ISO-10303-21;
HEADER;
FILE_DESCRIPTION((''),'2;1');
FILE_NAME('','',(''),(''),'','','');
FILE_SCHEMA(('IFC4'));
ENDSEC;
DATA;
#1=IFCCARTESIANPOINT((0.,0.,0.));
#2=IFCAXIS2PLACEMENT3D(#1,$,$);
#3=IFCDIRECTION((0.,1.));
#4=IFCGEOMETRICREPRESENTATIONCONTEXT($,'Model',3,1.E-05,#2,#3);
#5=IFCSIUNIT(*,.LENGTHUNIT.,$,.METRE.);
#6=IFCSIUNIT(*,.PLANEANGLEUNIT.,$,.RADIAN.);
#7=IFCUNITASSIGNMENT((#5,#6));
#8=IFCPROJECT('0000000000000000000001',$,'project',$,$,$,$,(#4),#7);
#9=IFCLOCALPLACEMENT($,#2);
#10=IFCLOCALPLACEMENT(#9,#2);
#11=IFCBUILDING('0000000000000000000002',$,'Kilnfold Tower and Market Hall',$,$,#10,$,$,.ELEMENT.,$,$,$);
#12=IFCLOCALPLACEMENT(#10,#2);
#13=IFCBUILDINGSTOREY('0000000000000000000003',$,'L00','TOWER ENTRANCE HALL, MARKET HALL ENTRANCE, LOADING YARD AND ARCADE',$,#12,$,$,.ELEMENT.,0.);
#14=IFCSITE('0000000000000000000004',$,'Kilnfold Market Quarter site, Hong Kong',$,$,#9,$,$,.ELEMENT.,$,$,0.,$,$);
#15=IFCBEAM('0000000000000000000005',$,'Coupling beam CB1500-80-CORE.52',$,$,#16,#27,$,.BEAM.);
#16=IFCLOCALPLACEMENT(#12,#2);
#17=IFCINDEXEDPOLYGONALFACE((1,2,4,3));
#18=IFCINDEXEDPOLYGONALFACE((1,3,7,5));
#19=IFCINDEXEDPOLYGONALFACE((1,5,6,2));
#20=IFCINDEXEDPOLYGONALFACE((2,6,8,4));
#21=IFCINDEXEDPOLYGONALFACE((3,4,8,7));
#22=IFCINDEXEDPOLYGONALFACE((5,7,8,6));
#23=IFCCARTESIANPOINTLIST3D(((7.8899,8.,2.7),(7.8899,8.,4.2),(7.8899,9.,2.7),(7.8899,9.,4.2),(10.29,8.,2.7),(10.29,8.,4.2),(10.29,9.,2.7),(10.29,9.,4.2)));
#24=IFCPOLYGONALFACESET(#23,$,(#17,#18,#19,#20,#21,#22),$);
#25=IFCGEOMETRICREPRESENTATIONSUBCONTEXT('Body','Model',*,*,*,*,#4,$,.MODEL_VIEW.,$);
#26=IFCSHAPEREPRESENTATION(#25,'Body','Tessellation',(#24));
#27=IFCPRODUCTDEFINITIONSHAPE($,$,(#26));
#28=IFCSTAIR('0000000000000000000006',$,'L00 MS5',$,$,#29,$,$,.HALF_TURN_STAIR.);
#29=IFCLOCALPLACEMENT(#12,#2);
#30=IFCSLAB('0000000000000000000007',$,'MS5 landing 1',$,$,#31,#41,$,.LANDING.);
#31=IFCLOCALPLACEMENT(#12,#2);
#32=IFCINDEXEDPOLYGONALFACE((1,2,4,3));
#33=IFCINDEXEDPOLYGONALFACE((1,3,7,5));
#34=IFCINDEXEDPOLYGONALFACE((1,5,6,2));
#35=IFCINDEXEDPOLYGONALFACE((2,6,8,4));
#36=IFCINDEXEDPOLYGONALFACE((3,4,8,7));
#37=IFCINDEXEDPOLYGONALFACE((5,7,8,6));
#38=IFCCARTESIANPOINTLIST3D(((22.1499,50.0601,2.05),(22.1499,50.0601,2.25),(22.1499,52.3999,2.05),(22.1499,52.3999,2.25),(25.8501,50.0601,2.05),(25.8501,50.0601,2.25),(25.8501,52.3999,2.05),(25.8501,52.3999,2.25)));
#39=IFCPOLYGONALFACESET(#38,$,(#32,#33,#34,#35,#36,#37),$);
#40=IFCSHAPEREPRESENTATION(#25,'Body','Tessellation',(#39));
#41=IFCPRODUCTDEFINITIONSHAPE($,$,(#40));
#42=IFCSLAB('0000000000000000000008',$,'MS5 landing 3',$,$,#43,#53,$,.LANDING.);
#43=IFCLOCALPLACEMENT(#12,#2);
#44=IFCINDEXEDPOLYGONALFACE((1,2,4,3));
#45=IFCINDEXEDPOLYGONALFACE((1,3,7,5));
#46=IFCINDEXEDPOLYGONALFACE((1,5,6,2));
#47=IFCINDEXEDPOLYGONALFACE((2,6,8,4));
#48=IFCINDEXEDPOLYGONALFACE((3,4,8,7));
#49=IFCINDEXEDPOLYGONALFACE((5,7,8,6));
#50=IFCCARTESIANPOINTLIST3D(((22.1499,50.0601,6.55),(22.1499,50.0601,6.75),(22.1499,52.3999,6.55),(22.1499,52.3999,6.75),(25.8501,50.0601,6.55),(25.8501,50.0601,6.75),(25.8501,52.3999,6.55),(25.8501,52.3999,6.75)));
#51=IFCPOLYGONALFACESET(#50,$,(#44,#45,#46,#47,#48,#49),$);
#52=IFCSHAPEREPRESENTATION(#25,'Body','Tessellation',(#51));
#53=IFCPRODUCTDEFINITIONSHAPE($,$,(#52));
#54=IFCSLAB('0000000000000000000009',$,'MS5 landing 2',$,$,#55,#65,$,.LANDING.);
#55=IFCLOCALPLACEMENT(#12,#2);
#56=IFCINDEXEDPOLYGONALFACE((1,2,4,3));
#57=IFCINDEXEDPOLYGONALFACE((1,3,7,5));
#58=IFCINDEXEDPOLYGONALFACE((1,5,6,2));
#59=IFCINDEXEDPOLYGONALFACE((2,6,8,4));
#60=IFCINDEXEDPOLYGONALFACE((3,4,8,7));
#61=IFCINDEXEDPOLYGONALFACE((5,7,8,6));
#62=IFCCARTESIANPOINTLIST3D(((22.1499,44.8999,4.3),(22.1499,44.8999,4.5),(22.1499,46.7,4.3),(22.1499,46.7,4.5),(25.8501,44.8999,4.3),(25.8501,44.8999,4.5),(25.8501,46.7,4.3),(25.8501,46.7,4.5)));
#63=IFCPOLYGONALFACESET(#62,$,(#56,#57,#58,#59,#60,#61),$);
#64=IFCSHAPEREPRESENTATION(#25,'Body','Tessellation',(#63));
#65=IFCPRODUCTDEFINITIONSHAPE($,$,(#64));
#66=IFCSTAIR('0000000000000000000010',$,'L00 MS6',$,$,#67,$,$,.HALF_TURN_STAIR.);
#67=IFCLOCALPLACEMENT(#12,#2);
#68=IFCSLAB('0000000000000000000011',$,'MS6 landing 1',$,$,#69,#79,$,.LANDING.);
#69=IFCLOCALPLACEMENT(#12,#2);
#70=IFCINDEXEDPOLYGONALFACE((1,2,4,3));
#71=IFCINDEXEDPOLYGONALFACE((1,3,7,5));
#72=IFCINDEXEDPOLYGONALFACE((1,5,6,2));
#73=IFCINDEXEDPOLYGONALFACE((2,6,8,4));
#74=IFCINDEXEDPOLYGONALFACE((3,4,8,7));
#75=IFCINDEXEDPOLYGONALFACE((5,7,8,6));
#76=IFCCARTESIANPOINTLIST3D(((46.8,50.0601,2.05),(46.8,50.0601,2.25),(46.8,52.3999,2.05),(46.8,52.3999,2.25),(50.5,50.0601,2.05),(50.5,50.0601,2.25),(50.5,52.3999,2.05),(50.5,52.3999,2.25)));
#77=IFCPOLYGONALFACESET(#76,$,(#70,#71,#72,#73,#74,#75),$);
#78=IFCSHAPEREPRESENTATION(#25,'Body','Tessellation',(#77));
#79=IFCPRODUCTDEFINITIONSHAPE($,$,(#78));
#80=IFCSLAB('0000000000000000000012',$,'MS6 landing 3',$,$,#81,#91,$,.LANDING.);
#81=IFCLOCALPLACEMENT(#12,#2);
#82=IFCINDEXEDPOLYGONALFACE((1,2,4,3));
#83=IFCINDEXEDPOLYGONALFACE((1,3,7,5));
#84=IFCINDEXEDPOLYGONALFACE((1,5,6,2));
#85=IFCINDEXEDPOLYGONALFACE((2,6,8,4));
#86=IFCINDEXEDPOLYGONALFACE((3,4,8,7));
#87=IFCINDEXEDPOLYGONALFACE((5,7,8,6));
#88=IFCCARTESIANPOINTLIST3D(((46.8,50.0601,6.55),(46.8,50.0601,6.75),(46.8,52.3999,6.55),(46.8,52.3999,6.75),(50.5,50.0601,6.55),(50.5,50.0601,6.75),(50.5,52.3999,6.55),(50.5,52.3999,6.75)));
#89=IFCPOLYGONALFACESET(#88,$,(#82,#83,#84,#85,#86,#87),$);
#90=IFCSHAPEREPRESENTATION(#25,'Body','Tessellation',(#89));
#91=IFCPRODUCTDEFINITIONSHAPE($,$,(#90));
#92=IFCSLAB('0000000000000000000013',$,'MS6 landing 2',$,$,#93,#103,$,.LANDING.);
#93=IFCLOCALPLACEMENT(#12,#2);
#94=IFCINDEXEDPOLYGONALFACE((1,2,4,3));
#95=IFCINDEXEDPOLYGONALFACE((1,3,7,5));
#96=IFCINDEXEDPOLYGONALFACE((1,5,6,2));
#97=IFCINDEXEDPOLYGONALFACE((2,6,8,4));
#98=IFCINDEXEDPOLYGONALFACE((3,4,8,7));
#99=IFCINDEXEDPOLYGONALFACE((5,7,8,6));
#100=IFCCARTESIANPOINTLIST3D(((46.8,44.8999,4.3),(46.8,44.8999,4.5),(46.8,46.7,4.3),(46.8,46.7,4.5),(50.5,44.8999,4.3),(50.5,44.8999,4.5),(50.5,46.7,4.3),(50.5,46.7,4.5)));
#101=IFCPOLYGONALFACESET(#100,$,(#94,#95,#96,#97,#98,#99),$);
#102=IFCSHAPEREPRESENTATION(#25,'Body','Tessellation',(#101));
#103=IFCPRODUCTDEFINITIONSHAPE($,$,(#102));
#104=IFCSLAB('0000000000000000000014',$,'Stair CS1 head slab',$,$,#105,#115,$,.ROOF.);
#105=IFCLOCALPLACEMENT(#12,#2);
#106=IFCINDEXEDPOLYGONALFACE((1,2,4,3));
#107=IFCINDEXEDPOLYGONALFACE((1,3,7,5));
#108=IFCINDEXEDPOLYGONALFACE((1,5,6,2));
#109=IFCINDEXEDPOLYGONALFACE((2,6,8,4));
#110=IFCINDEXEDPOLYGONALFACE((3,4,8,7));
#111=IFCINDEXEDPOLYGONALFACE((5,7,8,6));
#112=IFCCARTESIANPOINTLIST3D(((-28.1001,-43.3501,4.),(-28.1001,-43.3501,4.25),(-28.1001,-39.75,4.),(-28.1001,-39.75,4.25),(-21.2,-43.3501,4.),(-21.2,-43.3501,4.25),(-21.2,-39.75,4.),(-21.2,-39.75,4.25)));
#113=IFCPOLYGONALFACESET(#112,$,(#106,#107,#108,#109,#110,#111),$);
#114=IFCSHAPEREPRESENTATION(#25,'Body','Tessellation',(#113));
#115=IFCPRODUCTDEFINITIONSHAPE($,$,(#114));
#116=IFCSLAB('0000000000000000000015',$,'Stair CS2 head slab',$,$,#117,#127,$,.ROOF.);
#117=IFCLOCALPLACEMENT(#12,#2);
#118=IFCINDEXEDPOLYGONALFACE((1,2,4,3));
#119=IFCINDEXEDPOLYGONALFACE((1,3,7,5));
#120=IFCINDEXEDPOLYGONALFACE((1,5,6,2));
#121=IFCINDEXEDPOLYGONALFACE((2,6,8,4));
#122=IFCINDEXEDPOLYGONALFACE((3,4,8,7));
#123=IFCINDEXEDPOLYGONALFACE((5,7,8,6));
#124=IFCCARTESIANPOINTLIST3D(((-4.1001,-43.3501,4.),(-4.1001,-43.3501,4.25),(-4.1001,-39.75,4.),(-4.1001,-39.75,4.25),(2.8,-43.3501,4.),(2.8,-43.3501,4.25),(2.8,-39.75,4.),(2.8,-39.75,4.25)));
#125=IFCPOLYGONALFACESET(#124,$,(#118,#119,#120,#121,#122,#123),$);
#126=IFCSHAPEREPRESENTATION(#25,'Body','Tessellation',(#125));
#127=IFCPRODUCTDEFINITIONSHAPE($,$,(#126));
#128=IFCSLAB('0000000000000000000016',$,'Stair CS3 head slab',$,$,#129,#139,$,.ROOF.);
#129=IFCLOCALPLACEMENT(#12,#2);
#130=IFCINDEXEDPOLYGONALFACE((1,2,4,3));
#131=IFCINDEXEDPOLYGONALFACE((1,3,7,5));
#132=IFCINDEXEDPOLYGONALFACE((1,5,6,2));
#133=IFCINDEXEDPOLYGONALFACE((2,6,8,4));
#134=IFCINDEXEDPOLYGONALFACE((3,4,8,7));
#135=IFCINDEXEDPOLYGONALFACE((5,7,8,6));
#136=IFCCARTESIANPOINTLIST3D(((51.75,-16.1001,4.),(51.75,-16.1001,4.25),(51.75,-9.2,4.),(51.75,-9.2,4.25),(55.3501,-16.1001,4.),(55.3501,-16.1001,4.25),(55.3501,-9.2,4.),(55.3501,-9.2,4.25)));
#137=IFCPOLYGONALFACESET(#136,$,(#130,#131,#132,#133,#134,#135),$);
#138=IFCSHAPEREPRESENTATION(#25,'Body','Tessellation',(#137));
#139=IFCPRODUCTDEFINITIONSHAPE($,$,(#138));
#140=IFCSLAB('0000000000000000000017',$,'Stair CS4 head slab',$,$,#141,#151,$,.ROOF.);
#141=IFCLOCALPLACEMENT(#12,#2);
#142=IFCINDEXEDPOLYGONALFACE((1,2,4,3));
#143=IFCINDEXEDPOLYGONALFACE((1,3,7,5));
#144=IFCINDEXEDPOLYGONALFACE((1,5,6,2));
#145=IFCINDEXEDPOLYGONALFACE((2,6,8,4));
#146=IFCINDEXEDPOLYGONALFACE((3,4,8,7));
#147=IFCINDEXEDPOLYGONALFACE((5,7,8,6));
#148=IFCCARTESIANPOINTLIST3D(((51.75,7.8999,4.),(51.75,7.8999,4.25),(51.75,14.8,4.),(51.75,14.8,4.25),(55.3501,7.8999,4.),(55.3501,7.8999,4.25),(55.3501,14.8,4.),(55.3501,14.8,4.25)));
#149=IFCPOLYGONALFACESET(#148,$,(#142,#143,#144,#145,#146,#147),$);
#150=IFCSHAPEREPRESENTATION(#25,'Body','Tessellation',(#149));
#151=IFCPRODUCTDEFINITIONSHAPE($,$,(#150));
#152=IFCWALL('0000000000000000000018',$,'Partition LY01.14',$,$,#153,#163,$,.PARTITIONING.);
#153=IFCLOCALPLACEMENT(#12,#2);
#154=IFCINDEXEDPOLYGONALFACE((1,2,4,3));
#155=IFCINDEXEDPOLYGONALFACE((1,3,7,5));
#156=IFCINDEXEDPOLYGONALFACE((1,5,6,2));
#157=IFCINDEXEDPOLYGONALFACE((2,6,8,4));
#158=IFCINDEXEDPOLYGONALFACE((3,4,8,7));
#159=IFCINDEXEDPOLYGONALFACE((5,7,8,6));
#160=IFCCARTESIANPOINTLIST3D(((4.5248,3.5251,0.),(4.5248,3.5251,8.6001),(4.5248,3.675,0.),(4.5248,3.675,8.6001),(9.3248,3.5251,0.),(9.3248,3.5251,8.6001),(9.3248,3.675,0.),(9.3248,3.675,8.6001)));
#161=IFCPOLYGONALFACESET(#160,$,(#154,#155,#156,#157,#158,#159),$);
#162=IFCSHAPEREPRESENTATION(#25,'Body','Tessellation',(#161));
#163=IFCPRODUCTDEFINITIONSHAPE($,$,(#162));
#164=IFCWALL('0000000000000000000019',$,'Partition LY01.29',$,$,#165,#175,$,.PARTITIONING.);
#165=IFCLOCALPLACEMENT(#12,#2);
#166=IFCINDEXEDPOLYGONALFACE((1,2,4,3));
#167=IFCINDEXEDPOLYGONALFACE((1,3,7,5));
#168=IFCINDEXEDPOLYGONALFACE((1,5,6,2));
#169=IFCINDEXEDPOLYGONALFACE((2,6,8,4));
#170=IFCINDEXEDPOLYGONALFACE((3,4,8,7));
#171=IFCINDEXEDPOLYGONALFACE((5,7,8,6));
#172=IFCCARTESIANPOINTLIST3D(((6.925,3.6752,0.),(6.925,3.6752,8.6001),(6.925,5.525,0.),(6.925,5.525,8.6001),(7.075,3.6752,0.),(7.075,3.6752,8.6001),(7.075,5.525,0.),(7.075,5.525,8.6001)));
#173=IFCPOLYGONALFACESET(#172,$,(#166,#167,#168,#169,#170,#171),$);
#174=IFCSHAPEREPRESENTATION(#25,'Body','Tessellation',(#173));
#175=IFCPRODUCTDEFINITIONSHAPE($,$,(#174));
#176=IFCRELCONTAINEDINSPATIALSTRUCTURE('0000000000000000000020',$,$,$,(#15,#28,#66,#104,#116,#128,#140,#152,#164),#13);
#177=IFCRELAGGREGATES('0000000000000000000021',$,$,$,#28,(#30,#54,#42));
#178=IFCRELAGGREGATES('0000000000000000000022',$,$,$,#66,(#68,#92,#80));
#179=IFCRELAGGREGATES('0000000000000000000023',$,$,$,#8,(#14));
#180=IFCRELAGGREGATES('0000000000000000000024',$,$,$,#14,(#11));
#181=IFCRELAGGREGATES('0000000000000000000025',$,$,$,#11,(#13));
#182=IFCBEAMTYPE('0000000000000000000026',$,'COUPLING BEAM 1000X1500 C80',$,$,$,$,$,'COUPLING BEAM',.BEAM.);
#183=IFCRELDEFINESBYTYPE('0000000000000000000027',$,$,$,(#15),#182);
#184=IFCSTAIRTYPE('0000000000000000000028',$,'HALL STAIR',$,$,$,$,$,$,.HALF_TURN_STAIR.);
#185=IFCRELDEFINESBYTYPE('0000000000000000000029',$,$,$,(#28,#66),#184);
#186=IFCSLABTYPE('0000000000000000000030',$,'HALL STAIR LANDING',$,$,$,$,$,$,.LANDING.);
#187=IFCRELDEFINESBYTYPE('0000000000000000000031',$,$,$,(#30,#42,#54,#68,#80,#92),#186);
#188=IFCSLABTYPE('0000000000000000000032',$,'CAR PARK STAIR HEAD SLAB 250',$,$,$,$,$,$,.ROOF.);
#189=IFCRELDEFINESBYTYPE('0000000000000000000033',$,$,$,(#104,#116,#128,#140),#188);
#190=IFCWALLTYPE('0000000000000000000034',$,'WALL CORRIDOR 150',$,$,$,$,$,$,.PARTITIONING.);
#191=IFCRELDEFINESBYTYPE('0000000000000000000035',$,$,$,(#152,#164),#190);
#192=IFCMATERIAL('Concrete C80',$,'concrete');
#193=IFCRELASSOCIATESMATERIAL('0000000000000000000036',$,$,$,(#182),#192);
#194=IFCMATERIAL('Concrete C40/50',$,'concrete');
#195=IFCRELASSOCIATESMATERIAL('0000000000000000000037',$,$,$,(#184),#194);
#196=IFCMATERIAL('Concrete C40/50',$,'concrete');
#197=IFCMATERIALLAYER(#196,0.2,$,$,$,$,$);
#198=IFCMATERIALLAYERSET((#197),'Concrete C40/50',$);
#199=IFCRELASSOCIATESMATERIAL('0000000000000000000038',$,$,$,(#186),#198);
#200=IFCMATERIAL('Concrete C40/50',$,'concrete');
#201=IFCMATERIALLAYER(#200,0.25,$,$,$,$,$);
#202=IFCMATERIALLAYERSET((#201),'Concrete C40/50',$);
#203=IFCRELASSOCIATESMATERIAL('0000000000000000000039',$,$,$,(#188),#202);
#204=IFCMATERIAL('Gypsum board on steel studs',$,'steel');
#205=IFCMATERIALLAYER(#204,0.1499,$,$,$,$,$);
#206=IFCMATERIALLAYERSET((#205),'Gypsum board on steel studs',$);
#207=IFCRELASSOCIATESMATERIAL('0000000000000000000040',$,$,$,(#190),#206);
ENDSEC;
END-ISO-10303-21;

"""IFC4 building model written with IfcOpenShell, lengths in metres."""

from ifc_helpers import new_model, si_unit, direction, frame, frame_2d, origin, origin_2d, place, context, subcontext, project, spatial, polyline, rectangle, outline, extrude, source, transform, mapped, material, layer, layer_set, material_profile, profile_set, type_object, element, aggregate, save


model = new_model("IFC4")

# Units and contexts
model_context = context("Model", 3, precision=1e-05, world=origin(), true_north=direction((0.0, 1.0)))
body_context = subcontext(model_context, "Body", "Model", "MODEL_VIEW")
ifc_project = project(units=[si_unit("LENGTHUNIT", "METRE"), si_unit("PLANEANGLEUNIT", "RADIAN")], contexts=[model_context])

# Site, building, storey
site_placement = place(None, origin())
site = spatial("IfcSite", under=ifc_project, at=site_placement, Name="Kilnfold Market Quarter site, Hong Kong", CompositionType="ELEMENT", RefElevation=0.0)
building_placement = place(site_placement, origin())
building = spatial("IfcBuilding", under=site, at=building_placement, Name="Kilnfold Tower and Market Hall", CompositionType="ELEMENT")
storey_placement = place(building_placement, origin())
storey = spatial("IfcBuildingStorey", under=building, at=storey_placement, Name="L00", Description="TOWER ENTRANCE HALL, MARKET HALL ENTRANCE, LOADING YARD AND ARCADE", CompositionType="ELEMENT", Elevation=0.0)

# Beam
ifc_material_1 = material(Name="Concrete C80", Category="concrete")
ifc_material_profile = material_profile(ifc_material_1, rectangle(XDim=1.0, YDim=1.5, at=origin_2d()), Name="RC 1000x1500")
ifc_profile_set = profile_set([ifc_material_profile], Name="Concrete C80")
beam_type = type_object("IfcBeamType", Name="COUPLING BEAM 1000X1500 C80", ElementType="COUPLING BEAM", PredefinedType="BEAM", material=ifc_profile_set)
shared_shape_1 = source(origin(), body_context, "Body", "SweptSolid", [
    extrude(rectangle(XDim=1.0, YDim=1.5, at=origin_2d()), origin(), (0.0, 0.0, 1.0), 2.4001),
])
beam_placement = place(storey_placement, frame((7.8899, 8.5, 3.45), z_axis=(1.0, 0.0, 0.0), x_axis=(0.0, 1.0, 0.0)))
element("IfcBeam", 1, at=beam_placement, inside=storey, type_object=beam_type, Name="Coupling beam CB1500-80-CORE.52", PredefinedType="BEAM", context=body_context, shape_type="MappedRepresentation", body=[
    mapped(shared_shape_1, transform((0.0, 0.0, 0.0))),
])

# Stairs, slabs
ifc_material_2 = material(Name="Concrete C40/50", Category="concrete")
stair_type = type_object("IfcStairType", Name="HALL STAIR", PredefinedType="HALF_TURN_STAIR", material=ifc_material_2)
stair_1_placement = place(storey_placement, origin())
stair_1 = element("IfcStair", 2, at=stair_1_placement, inside=storey, type_object=stair_type, Name="L00 MS5", PredefinedType="HALF_TURN_STAIR")
ifc_material_3 = material(Name="Concrete C40/50", Category="concrete")
ifc_layer_1 = layer(ifc_material_3, 0.2)
ifc_layer_set_1 = layer_set([ifc_layer_1], Name="Concrete C40/50")
slab_type_1 = type_object("IfcSlabType", Name="HALL STAIR LANDING", PredefinedType="LANDING", material=ifc_layer_set_1)
shared_shape_2 = source(origin(), body_context, "Body", "SweptSolid", [
    extrude(outline(polyline([(25.8501, 50.0601), (25.8501, 52.3999), (22.1499, 52.3999), (22.1499, 50.0601), (25.8501, 50.0601)])), origin(), (0.0, 0.0, 1.0), 0.2),
])
slab_1_placement = place(storey_placement, frame((0.0, 0.0, 2.05)))
slab_1 = element("IfcSlab", 3, at=slab_1_placement, type_object=slab_type_1, Name="MS5 landing 1", PredefinedType="LANDING", context=body_context, shape_type="MappedRepresentation", body=[
    mapped(shared_shape_2, transform((0.0, 0.0, 0.0))),
])
slab_2_placement = place(storey_placement, frame((0.0, 0.0, 6.55)))
slab_2 = element("IfcSlab", 4, at=slab_2_placement, type_object=slab_type_1, Name="MS5 landing 3", PredefinedType="LANDING", context=body_context, shape_type="MappedRepresentation", body=[
    mapped(shared_shape_2, transform((0.0, 0.0, 0.0))),
])
shared_shape_3 = source(origin(), body_context, "Body", "SweptSolid", [
    extrude(outline(polyline([(25.8501, 44.8999), (25.8501, 46.7), (22.1499, 46.7), (22.1499, 44.8999), (25.8501, 44.8999)])), origin(), (0.0, 0.0, 1.0), 0.2),
])
slab_3_placement = place(storey_placement, frame((0.0, 0.0, 4.3)))
slab_3 = element("IfcSlab", 5, at=slab_3_placement, type_object=slab_type_1, Name="MS5 landing 2", PredefinedType="LANDING", context=body_context, shape_type="MappedRepresentation", body=[
    mapped(shared_shape_3, transform((0.0, 0.0, 0.0))),
])
aggregate(stair_1, [slab_1, slab_3, slab_2])
stair_2_placement = place(storey_placement, origin())
stair_2 = element("IfcStair", 6, at=stair_2_placement, inside=storey, type_object=stair_type, Name="L00 MS6", PredefinedType="HALF_TURN_STAIR")
shared_shape_4 = source(origin(), body_context, "Body", "SweptSolid", [
    extrude(outline(polyline([(50.5, 50.0601), (50.5, 52.3999), (46.8, 52.3999), (46.8, 50.0601), (50.5, 50.0601)])), origin(), (0.0, 0.0, 1.0), 0.2),
])
slab_4_placement = place(storey_placement, frame((0.0, 0.0, 2.05)))
slab_4 = element("IfcSlab", 7, at=slab_4_placement, type_object=slab_type_1, Name="MS6 landing 1", PredefinedType="LANDING", context=body_context, shape_type="MappedRepresentation", body=[
    mapped(shared_shape_4, transform((0.0, 0.0, 0.0))),
])
slab_5_placement = place(storey_placement, frame((0.0, 0.0, 6.55)))
slab_5 = element("IfcSlab", 8, at=slab_5_placement, type_object=slab_type_1, Name="MS6 landing 3", PredefinedType="LANDING", context=body_context, shape_type="MappedRepresentation", body=[
    mapped(shared_shape_4, transform((0.0, 0.0, 0.0))),
])
shared_shape_5 = source(origin(), body_context, "Body", "SweptSolid", [
    extrude(outline(polyline([(50.5, 44.8999), (50.5, 46.7), (46.8, 46.7), (46.8, 44.8999), (50.5, 44.8999)])), origin(), (0.0, 0.0, 1.0), 0.2),
])
slab_6_placement = place(storey_placement, frame((0.0, 0.0, 4.3)))
slab_6 = element("IfcSlab", 9, at=slab_6_placement, type_object=slab_type_1, Name="MS6 landing 2", PredefinedType="LANDING", context=body_context, shape_type="MappedRepresentation", body=[
    mapped(shared_shape_5, transform((0.0, 0.0, 0.0))),
])
aggregate(stair_2, [slab_4, slab_6, slab_5])

# Slabs
ifc_material_4 = material(Name="Concrete C40/50", Category="concrete")
ifc_layer_2 = layer(ifc_material_4, 0.25)
ifc_layer_set_2 = layer_set([ifc_layer_2], Name="Concrete C40/50")
slab_type_2 = type_object("IfcSlabType", Name="CAR PARK STAIR HEAD SLAB 250", PredefinedType="ROOF", material=ifc_layer_set_2)
shared_shape_6 = source(origin(), body_context, "Body", "SweptSolid", [
    extrude(outline(polyline([(-28.1001, -43.3501), (-21.2, -43.3501), (-21.2, -39.75), (-28.1001, -39.75), (-28.1001, -43.3501)])), origin(), (0.0, 0.0, 1.0), 0.25),
])
slab_7_placement = place(storey_placement, frame((0.0, 0.0, 4.0)))
element("IfcSlab", 10, at=slab_7_placement, inside=storey, type_object=slab_type_2, Name="Stair CS1 head slab", PredefinedType="ROOF", context=body_context, shape_type="MappedRepresentation", body=[
    mapped(shared_shape_6, transform((0.0, 0.0, 0.0))),
])
shared_shape_7 = source(origin(), body_context, "Body", "SweptSolid", [
    extrude(outline(polyline([(-4.1001, -43.3501), (2.8, -43.3501), (2.8, -39.75), (-4.1001, -39.75), (-4.1001, -43.3501)])), origin(), (0.0, 0.0, 1.0), 0.25),
])
slab_8_placement = place(storey_placement, frame((0.0, 0.0, 4.0)))
element("IfcSlab", 11, at=slab_8_placement, inside=storey, type_object=slab_type_2, Name="Stair CS2 head slab", PredefinedType="ROOF", context=body_context, shape_type="MappedRepresentation", body=[
    mapped(shared_shape_7, transform((0.0, 0.0, 0.0))),
])
shared_shape_8 = source(origin(), body_context, "Body", "SweptSolid", [
    extrude(outline(polyline([(51.75, -16.1001), (55.3501, -16.1001), (55.3501, -9.2), (51.75, -9.2), (51.75, -16.1001)])), origin(), (0.0, 0.0, 1.0), 0.25),
])
slab_9_placement = place(storey_placement, frame((0.0, 0.0, 4.0)))
element("IfcSlab", 12, at=slab_9_placement, inside=storey, type_object=slab_type_2, Name="Stair CS3 head slab", PredefinedType="ROOF", context=body_context, shape_type="MappedRepresentation", body=[
    mapped(shared_shape_8, transform((0.0, 0.0, 0.0))),
])
shared_shape_9 = source(origin(), body_context, "Body", "SweptSolid", [
    extrude(outline(polyline([(51.75, 7.8999), (55.3501, 7.8999), (55.3501, 14.8), (51.75, 14.8), (51.75, 7.8999)])), origin(), (0.0, 0.0, 1.0), 0.25),
])
slab_10_placement = place(storey_placement, frame((0.0, 0.0, 4.0)))
element("IfcSlab", 13, at=slab_10_placement, inside=storey, type_object=slab_type_2, Name="Stair CS4 head slab", PredefinedType="ROOF", context=body_context, shape_type="MappedRepresentation", body=[
    mapped(shared_shape_9, transform((0.0, 0.0, 0.0))),
])

# Walls
ifc_material_5 = material(Name="Gypsum board on steel studs", Category="steel")
ifc_layer_3 = layer(ifc_material_5, 0.1499)
ifc_layer_set_3 = layer_set([ifc_layer_3], Name="Gypsum board on steel studs")
wall_type_1 = type_object("IfcWallType", Name="WALL CORRIDOR 150", PredefinedType="PARTITIONING", material=ifc_layer_set_3)
wall_1_placement = place(storey_placement, frame((4.5249, 3.6001, 0.0), z_axis=(0.0, 0.0, 1.0), x_axis=(1.0, 0.0, 0.0)))
element("IfcWall", 14, at=wall_1_placement, inside=storey, type_object=wall_type_1, Name="Partition LY01.14", PredefinedType="PARTITIONING", context=body_context, shape_type="SweptSolid", body=[
    extrude(rectangle(XDim=4.8, YDim=0.1499, at=frame_2d((2.3999, 0.0))), origin(), (0.0, 0.0, 1.0), 8.6001),
])
wall_2_placement = place(storey_placement, frame((7.0, 5.5249, 0.0), z_axis=(0.0, 0.0, 1.0), x_axis=(0.0, -1.0, 0.0)))
element("IfcWall", 15, at=wall_2_placement, inside=storey, type_object=wall_type_1, Name="Partition LY01.29", PredefinedType="PARTITIONING", context=body_context, shape_type="SweptSolid", body=[
    extrude(rectangle(XDim=1.8499, YDim=0.1499, at=frame_2d((0.9248, 0.0))), origin(), (0.0, 0.0, 1.0), 8.6001),
])

save(model, "model.ifc")
